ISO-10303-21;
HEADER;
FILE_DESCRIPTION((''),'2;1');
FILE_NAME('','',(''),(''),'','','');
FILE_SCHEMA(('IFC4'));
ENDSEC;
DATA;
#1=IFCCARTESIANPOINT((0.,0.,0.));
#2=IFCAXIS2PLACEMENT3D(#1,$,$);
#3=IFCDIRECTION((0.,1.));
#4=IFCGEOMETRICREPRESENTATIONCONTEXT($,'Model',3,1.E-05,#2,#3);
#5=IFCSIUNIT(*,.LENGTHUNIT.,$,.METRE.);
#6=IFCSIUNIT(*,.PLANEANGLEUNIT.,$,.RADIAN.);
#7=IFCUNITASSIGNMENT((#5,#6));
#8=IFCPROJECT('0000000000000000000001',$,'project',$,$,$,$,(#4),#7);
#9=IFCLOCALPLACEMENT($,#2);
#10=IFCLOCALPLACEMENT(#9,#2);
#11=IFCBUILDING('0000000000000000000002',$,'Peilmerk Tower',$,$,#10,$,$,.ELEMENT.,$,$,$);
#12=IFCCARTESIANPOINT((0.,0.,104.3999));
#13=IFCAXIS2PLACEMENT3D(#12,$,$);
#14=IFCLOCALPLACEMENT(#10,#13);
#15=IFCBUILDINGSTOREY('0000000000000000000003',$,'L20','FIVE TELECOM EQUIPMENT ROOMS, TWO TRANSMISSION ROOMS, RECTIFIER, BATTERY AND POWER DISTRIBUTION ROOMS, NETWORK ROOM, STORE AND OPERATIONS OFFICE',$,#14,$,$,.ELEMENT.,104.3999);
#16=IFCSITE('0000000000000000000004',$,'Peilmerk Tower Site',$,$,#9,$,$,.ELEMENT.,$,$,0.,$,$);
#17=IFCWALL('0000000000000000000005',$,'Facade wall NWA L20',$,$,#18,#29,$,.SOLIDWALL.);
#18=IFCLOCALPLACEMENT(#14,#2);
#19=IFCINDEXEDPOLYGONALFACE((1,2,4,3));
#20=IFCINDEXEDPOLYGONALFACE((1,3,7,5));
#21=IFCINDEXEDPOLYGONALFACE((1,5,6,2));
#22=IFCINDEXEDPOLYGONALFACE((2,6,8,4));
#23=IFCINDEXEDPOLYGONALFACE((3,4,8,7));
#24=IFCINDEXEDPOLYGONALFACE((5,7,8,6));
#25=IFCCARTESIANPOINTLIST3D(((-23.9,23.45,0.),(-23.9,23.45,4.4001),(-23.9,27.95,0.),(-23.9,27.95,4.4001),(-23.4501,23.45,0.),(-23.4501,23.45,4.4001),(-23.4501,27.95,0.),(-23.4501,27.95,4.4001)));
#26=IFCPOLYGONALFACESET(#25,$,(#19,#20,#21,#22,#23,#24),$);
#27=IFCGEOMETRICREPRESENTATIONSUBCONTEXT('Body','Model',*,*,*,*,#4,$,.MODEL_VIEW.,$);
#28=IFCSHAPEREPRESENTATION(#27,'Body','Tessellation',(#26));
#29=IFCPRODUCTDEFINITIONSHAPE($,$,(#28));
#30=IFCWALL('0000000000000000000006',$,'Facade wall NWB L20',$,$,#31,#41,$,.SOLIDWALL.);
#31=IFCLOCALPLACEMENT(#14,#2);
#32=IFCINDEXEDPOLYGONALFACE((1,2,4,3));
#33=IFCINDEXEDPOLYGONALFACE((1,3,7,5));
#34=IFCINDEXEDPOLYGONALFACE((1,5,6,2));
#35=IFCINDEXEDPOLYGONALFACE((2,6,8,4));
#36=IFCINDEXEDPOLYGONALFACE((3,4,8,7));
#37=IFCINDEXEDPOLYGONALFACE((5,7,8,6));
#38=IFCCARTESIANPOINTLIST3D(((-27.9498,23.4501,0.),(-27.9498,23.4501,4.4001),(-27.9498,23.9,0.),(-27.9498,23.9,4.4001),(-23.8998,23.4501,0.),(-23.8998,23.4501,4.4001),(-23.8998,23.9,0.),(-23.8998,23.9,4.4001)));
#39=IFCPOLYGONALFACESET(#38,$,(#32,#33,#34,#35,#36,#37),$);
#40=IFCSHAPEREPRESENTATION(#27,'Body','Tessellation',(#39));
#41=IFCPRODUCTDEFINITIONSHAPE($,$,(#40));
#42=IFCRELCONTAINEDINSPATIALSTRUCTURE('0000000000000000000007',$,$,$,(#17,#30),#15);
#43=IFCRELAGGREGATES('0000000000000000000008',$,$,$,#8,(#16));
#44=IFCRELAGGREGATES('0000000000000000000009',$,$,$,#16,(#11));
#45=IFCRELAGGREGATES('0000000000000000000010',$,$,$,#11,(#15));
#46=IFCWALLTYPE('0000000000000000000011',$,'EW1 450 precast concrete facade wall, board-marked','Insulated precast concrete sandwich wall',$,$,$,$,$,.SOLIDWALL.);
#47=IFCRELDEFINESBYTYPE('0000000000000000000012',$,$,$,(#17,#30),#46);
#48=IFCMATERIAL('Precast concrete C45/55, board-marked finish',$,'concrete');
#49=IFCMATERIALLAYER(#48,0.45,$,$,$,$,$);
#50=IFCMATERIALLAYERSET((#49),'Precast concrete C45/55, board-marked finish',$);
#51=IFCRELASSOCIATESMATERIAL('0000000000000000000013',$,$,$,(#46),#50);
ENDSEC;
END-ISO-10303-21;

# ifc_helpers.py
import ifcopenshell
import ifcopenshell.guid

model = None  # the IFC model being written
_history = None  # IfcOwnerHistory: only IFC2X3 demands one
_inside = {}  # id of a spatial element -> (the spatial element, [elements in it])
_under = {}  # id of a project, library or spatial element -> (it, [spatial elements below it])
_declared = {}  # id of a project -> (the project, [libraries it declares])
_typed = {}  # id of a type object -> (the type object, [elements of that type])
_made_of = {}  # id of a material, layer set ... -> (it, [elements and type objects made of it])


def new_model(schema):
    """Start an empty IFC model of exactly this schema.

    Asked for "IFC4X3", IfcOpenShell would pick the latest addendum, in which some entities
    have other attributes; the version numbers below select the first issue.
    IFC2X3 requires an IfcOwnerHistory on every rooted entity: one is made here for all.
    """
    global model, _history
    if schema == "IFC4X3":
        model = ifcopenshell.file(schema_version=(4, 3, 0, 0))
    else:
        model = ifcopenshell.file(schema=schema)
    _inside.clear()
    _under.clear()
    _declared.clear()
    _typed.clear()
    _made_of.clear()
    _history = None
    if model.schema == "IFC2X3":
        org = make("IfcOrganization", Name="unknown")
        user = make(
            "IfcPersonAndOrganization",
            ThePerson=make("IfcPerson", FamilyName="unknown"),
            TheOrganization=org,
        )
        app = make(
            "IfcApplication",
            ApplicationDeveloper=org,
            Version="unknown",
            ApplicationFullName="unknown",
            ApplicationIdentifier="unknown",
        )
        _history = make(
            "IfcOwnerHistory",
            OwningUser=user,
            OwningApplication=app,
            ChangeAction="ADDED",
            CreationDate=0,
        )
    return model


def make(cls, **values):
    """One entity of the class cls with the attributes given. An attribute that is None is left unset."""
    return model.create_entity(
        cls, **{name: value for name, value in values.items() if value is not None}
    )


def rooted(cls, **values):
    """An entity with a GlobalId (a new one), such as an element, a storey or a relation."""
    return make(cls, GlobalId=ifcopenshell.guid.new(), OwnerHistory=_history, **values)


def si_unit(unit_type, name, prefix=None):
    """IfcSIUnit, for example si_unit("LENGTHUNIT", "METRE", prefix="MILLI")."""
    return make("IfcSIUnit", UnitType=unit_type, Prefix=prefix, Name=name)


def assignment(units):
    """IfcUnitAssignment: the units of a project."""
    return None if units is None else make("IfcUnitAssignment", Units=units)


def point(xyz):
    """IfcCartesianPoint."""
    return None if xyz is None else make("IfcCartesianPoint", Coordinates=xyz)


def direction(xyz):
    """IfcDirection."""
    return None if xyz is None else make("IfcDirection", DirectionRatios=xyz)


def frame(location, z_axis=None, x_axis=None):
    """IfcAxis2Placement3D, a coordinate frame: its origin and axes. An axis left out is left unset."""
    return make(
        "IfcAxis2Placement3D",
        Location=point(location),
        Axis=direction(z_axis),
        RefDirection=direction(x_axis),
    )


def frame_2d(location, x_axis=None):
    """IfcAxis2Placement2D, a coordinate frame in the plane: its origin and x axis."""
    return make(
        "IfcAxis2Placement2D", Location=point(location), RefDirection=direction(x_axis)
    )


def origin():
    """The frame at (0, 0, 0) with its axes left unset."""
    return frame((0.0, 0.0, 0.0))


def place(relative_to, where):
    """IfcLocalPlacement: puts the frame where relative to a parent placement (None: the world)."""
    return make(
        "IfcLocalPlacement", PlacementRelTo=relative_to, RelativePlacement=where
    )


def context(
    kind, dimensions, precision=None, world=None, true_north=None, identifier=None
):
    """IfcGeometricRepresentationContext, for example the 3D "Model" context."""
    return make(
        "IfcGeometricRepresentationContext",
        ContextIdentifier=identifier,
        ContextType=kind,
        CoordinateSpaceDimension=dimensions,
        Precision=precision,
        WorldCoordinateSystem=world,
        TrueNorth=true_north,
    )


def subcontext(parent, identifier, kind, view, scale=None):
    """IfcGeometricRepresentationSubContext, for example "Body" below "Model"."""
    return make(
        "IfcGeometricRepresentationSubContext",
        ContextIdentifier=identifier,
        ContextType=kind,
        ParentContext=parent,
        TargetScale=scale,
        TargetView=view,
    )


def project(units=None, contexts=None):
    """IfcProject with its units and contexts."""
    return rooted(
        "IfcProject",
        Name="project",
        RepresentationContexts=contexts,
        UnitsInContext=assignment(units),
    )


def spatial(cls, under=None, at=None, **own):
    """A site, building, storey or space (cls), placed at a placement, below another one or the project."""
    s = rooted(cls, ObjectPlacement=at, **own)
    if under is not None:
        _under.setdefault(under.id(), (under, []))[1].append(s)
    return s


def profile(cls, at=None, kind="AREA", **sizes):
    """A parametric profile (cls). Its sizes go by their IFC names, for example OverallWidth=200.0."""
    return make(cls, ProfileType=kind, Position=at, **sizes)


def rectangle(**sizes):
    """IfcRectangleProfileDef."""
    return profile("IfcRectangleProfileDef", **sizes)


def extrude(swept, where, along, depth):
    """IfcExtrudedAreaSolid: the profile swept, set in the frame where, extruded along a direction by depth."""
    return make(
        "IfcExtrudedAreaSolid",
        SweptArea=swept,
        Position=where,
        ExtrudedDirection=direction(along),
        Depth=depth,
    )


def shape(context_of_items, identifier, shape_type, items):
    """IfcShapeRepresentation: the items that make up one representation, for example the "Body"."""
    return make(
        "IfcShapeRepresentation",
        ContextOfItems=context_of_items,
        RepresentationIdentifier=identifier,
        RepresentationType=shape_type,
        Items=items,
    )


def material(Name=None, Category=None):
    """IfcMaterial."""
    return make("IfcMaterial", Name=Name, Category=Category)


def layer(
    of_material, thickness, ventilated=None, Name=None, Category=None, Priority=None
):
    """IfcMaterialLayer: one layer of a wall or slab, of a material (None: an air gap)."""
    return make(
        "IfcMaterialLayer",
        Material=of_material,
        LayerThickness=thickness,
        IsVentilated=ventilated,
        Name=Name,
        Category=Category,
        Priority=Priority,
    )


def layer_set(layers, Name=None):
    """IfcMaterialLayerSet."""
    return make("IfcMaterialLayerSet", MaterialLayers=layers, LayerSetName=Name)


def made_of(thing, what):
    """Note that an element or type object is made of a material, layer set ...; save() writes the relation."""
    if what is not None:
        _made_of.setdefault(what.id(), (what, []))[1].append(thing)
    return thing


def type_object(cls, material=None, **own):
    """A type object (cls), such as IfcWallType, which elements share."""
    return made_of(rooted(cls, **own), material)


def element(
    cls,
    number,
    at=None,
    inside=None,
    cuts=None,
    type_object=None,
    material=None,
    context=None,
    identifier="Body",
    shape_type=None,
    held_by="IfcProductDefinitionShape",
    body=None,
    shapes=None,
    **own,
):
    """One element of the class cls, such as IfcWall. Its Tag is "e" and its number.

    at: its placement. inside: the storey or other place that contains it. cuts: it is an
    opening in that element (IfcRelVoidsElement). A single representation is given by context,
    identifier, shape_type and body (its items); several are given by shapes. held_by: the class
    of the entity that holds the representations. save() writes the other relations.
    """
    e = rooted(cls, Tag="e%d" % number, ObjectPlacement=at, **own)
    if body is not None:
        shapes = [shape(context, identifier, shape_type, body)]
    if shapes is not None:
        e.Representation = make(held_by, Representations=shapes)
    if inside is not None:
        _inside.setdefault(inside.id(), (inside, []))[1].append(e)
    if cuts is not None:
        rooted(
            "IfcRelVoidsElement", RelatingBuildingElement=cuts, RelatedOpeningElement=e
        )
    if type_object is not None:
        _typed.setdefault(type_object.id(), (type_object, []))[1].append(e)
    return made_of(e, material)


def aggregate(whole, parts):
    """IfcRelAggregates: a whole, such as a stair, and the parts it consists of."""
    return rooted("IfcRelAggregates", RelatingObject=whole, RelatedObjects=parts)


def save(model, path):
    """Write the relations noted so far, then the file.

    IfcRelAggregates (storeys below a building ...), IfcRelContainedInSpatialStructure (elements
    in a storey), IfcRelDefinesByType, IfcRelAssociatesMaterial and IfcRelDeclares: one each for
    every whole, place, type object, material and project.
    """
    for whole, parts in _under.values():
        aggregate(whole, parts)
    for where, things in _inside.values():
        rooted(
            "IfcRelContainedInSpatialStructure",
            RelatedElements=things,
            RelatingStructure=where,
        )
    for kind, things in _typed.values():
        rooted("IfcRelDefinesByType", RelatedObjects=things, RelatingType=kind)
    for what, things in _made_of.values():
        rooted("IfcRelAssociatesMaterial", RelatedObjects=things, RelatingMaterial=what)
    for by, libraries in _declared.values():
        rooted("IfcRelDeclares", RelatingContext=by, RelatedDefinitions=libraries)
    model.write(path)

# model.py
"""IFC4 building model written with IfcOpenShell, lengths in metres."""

from ifc_helpers import new_model, si_unit, direction, frame, frame_2d, origin, place, context, subcontext, project, spatial, rectangle, extrude, material, layer, layer_set, type_object, element, save


model = new_model("IFC4")

# Units and contexts
model_context = context("Model", 3, precision=1e-05, world=origin(), true_north=direction((0.0, 1.0)))
body_context = subcontext(model_context, "Body", "Model", "MODEL_VIEW")
ifc_project = project(units=[si_unit("LENGTHUNIT", "METRE"), si_unit("PLANEANGLEUNIT", "RADIAN")], contexts=[model_context])

# Site, building, storey
site_placement = place(None, origin())
site = spatial("IfcSite", under=ifc_project, at=site_placement, Name="Peilmerk Tower Site", CompositionType="ELEMENT", RefElevation=0.0)
building_placement = place(site_placement, origin())
building = spatial("IfcBuilding", under=site, at=building_placement, Name="Peilmerk Tower", CompositionType="ELEMENT")
storey_placement = place(building_placement, frame((0.0, 0.0, 104.3999)))
storey = spatial("IfcBuildingStorey", under=building, at=storey_placement, Name="L20", Description="FIVE TELECOM EQUIPMENT ROOMS, TWO TRANSMISSION ROOMS, RECTIFIER, BATTERY AND POWER DISTRIBUTION ROOMS, NETWORK ROOM, STORE AND OPERATIONS OFFICE", CompositionType="ELEMENT", Elevation=104.3999)

# Shared definitions
ifc_material_1 = material(Name="Precast concrete C45/55, board-marked finish", Category="concrete")
ifc_layer = layer(ifc_material_1, 0.45)
ifc_layer_set = layer_set([ifc_layer], Name="Precast concrete C45/55, board-marked finish")
wall_type = type_object("IfcWallType", Name="EW1 450 precast concrete facade wall, board-marked", Description="Insulated precast concrete sandwich wall", PredefinedType="SOLIDWALL", material=ifc_layer_set)

# Walls
wall_1_placement = place(storey_placement, frame((-23.675, 23.45, 0.0), z_axis=(0.0, 0.0, 1.0), x_axis=(0.0, 1.0, 0.0)))
element("IfcWall", 1, at=wall_1_placement, inside=storey, type_object=wall_type, Name="Facade wall NWA L20", PredefinedType="SOLIDWALL", context=body_context, shape_type="SweptSolid", body=[
    extrude(rectangle(XDim=4.5, YDim=0.45, at=frame_2d((2.25, 0.0))), origin(), (0.0, 0.0, 1.0), 4.4001),
])
wall_2_placement = place(storey_placement, frame((-23.8999, 23.675, 0.0), z_axis=(0.0, 0.0, 1.0), x_axis=(-1.0, 0.0, 0.0)))
element("IfcWall", 2, at=wall_2_placement, inside=storey, type_object=wall_type, Name="Facade wall NWB L20", PredefinedType="SOLIDWALL", context=body_context, shape_type="SweptSolid", body=[
    extrude(rectangle(XDim=4.05, YDim=0.45, at=frame_2d((2.0249, 0.0))), origin(), (0.0, 0.0, 1.0), 4.4001),
])

save(model, "model.ifc")
